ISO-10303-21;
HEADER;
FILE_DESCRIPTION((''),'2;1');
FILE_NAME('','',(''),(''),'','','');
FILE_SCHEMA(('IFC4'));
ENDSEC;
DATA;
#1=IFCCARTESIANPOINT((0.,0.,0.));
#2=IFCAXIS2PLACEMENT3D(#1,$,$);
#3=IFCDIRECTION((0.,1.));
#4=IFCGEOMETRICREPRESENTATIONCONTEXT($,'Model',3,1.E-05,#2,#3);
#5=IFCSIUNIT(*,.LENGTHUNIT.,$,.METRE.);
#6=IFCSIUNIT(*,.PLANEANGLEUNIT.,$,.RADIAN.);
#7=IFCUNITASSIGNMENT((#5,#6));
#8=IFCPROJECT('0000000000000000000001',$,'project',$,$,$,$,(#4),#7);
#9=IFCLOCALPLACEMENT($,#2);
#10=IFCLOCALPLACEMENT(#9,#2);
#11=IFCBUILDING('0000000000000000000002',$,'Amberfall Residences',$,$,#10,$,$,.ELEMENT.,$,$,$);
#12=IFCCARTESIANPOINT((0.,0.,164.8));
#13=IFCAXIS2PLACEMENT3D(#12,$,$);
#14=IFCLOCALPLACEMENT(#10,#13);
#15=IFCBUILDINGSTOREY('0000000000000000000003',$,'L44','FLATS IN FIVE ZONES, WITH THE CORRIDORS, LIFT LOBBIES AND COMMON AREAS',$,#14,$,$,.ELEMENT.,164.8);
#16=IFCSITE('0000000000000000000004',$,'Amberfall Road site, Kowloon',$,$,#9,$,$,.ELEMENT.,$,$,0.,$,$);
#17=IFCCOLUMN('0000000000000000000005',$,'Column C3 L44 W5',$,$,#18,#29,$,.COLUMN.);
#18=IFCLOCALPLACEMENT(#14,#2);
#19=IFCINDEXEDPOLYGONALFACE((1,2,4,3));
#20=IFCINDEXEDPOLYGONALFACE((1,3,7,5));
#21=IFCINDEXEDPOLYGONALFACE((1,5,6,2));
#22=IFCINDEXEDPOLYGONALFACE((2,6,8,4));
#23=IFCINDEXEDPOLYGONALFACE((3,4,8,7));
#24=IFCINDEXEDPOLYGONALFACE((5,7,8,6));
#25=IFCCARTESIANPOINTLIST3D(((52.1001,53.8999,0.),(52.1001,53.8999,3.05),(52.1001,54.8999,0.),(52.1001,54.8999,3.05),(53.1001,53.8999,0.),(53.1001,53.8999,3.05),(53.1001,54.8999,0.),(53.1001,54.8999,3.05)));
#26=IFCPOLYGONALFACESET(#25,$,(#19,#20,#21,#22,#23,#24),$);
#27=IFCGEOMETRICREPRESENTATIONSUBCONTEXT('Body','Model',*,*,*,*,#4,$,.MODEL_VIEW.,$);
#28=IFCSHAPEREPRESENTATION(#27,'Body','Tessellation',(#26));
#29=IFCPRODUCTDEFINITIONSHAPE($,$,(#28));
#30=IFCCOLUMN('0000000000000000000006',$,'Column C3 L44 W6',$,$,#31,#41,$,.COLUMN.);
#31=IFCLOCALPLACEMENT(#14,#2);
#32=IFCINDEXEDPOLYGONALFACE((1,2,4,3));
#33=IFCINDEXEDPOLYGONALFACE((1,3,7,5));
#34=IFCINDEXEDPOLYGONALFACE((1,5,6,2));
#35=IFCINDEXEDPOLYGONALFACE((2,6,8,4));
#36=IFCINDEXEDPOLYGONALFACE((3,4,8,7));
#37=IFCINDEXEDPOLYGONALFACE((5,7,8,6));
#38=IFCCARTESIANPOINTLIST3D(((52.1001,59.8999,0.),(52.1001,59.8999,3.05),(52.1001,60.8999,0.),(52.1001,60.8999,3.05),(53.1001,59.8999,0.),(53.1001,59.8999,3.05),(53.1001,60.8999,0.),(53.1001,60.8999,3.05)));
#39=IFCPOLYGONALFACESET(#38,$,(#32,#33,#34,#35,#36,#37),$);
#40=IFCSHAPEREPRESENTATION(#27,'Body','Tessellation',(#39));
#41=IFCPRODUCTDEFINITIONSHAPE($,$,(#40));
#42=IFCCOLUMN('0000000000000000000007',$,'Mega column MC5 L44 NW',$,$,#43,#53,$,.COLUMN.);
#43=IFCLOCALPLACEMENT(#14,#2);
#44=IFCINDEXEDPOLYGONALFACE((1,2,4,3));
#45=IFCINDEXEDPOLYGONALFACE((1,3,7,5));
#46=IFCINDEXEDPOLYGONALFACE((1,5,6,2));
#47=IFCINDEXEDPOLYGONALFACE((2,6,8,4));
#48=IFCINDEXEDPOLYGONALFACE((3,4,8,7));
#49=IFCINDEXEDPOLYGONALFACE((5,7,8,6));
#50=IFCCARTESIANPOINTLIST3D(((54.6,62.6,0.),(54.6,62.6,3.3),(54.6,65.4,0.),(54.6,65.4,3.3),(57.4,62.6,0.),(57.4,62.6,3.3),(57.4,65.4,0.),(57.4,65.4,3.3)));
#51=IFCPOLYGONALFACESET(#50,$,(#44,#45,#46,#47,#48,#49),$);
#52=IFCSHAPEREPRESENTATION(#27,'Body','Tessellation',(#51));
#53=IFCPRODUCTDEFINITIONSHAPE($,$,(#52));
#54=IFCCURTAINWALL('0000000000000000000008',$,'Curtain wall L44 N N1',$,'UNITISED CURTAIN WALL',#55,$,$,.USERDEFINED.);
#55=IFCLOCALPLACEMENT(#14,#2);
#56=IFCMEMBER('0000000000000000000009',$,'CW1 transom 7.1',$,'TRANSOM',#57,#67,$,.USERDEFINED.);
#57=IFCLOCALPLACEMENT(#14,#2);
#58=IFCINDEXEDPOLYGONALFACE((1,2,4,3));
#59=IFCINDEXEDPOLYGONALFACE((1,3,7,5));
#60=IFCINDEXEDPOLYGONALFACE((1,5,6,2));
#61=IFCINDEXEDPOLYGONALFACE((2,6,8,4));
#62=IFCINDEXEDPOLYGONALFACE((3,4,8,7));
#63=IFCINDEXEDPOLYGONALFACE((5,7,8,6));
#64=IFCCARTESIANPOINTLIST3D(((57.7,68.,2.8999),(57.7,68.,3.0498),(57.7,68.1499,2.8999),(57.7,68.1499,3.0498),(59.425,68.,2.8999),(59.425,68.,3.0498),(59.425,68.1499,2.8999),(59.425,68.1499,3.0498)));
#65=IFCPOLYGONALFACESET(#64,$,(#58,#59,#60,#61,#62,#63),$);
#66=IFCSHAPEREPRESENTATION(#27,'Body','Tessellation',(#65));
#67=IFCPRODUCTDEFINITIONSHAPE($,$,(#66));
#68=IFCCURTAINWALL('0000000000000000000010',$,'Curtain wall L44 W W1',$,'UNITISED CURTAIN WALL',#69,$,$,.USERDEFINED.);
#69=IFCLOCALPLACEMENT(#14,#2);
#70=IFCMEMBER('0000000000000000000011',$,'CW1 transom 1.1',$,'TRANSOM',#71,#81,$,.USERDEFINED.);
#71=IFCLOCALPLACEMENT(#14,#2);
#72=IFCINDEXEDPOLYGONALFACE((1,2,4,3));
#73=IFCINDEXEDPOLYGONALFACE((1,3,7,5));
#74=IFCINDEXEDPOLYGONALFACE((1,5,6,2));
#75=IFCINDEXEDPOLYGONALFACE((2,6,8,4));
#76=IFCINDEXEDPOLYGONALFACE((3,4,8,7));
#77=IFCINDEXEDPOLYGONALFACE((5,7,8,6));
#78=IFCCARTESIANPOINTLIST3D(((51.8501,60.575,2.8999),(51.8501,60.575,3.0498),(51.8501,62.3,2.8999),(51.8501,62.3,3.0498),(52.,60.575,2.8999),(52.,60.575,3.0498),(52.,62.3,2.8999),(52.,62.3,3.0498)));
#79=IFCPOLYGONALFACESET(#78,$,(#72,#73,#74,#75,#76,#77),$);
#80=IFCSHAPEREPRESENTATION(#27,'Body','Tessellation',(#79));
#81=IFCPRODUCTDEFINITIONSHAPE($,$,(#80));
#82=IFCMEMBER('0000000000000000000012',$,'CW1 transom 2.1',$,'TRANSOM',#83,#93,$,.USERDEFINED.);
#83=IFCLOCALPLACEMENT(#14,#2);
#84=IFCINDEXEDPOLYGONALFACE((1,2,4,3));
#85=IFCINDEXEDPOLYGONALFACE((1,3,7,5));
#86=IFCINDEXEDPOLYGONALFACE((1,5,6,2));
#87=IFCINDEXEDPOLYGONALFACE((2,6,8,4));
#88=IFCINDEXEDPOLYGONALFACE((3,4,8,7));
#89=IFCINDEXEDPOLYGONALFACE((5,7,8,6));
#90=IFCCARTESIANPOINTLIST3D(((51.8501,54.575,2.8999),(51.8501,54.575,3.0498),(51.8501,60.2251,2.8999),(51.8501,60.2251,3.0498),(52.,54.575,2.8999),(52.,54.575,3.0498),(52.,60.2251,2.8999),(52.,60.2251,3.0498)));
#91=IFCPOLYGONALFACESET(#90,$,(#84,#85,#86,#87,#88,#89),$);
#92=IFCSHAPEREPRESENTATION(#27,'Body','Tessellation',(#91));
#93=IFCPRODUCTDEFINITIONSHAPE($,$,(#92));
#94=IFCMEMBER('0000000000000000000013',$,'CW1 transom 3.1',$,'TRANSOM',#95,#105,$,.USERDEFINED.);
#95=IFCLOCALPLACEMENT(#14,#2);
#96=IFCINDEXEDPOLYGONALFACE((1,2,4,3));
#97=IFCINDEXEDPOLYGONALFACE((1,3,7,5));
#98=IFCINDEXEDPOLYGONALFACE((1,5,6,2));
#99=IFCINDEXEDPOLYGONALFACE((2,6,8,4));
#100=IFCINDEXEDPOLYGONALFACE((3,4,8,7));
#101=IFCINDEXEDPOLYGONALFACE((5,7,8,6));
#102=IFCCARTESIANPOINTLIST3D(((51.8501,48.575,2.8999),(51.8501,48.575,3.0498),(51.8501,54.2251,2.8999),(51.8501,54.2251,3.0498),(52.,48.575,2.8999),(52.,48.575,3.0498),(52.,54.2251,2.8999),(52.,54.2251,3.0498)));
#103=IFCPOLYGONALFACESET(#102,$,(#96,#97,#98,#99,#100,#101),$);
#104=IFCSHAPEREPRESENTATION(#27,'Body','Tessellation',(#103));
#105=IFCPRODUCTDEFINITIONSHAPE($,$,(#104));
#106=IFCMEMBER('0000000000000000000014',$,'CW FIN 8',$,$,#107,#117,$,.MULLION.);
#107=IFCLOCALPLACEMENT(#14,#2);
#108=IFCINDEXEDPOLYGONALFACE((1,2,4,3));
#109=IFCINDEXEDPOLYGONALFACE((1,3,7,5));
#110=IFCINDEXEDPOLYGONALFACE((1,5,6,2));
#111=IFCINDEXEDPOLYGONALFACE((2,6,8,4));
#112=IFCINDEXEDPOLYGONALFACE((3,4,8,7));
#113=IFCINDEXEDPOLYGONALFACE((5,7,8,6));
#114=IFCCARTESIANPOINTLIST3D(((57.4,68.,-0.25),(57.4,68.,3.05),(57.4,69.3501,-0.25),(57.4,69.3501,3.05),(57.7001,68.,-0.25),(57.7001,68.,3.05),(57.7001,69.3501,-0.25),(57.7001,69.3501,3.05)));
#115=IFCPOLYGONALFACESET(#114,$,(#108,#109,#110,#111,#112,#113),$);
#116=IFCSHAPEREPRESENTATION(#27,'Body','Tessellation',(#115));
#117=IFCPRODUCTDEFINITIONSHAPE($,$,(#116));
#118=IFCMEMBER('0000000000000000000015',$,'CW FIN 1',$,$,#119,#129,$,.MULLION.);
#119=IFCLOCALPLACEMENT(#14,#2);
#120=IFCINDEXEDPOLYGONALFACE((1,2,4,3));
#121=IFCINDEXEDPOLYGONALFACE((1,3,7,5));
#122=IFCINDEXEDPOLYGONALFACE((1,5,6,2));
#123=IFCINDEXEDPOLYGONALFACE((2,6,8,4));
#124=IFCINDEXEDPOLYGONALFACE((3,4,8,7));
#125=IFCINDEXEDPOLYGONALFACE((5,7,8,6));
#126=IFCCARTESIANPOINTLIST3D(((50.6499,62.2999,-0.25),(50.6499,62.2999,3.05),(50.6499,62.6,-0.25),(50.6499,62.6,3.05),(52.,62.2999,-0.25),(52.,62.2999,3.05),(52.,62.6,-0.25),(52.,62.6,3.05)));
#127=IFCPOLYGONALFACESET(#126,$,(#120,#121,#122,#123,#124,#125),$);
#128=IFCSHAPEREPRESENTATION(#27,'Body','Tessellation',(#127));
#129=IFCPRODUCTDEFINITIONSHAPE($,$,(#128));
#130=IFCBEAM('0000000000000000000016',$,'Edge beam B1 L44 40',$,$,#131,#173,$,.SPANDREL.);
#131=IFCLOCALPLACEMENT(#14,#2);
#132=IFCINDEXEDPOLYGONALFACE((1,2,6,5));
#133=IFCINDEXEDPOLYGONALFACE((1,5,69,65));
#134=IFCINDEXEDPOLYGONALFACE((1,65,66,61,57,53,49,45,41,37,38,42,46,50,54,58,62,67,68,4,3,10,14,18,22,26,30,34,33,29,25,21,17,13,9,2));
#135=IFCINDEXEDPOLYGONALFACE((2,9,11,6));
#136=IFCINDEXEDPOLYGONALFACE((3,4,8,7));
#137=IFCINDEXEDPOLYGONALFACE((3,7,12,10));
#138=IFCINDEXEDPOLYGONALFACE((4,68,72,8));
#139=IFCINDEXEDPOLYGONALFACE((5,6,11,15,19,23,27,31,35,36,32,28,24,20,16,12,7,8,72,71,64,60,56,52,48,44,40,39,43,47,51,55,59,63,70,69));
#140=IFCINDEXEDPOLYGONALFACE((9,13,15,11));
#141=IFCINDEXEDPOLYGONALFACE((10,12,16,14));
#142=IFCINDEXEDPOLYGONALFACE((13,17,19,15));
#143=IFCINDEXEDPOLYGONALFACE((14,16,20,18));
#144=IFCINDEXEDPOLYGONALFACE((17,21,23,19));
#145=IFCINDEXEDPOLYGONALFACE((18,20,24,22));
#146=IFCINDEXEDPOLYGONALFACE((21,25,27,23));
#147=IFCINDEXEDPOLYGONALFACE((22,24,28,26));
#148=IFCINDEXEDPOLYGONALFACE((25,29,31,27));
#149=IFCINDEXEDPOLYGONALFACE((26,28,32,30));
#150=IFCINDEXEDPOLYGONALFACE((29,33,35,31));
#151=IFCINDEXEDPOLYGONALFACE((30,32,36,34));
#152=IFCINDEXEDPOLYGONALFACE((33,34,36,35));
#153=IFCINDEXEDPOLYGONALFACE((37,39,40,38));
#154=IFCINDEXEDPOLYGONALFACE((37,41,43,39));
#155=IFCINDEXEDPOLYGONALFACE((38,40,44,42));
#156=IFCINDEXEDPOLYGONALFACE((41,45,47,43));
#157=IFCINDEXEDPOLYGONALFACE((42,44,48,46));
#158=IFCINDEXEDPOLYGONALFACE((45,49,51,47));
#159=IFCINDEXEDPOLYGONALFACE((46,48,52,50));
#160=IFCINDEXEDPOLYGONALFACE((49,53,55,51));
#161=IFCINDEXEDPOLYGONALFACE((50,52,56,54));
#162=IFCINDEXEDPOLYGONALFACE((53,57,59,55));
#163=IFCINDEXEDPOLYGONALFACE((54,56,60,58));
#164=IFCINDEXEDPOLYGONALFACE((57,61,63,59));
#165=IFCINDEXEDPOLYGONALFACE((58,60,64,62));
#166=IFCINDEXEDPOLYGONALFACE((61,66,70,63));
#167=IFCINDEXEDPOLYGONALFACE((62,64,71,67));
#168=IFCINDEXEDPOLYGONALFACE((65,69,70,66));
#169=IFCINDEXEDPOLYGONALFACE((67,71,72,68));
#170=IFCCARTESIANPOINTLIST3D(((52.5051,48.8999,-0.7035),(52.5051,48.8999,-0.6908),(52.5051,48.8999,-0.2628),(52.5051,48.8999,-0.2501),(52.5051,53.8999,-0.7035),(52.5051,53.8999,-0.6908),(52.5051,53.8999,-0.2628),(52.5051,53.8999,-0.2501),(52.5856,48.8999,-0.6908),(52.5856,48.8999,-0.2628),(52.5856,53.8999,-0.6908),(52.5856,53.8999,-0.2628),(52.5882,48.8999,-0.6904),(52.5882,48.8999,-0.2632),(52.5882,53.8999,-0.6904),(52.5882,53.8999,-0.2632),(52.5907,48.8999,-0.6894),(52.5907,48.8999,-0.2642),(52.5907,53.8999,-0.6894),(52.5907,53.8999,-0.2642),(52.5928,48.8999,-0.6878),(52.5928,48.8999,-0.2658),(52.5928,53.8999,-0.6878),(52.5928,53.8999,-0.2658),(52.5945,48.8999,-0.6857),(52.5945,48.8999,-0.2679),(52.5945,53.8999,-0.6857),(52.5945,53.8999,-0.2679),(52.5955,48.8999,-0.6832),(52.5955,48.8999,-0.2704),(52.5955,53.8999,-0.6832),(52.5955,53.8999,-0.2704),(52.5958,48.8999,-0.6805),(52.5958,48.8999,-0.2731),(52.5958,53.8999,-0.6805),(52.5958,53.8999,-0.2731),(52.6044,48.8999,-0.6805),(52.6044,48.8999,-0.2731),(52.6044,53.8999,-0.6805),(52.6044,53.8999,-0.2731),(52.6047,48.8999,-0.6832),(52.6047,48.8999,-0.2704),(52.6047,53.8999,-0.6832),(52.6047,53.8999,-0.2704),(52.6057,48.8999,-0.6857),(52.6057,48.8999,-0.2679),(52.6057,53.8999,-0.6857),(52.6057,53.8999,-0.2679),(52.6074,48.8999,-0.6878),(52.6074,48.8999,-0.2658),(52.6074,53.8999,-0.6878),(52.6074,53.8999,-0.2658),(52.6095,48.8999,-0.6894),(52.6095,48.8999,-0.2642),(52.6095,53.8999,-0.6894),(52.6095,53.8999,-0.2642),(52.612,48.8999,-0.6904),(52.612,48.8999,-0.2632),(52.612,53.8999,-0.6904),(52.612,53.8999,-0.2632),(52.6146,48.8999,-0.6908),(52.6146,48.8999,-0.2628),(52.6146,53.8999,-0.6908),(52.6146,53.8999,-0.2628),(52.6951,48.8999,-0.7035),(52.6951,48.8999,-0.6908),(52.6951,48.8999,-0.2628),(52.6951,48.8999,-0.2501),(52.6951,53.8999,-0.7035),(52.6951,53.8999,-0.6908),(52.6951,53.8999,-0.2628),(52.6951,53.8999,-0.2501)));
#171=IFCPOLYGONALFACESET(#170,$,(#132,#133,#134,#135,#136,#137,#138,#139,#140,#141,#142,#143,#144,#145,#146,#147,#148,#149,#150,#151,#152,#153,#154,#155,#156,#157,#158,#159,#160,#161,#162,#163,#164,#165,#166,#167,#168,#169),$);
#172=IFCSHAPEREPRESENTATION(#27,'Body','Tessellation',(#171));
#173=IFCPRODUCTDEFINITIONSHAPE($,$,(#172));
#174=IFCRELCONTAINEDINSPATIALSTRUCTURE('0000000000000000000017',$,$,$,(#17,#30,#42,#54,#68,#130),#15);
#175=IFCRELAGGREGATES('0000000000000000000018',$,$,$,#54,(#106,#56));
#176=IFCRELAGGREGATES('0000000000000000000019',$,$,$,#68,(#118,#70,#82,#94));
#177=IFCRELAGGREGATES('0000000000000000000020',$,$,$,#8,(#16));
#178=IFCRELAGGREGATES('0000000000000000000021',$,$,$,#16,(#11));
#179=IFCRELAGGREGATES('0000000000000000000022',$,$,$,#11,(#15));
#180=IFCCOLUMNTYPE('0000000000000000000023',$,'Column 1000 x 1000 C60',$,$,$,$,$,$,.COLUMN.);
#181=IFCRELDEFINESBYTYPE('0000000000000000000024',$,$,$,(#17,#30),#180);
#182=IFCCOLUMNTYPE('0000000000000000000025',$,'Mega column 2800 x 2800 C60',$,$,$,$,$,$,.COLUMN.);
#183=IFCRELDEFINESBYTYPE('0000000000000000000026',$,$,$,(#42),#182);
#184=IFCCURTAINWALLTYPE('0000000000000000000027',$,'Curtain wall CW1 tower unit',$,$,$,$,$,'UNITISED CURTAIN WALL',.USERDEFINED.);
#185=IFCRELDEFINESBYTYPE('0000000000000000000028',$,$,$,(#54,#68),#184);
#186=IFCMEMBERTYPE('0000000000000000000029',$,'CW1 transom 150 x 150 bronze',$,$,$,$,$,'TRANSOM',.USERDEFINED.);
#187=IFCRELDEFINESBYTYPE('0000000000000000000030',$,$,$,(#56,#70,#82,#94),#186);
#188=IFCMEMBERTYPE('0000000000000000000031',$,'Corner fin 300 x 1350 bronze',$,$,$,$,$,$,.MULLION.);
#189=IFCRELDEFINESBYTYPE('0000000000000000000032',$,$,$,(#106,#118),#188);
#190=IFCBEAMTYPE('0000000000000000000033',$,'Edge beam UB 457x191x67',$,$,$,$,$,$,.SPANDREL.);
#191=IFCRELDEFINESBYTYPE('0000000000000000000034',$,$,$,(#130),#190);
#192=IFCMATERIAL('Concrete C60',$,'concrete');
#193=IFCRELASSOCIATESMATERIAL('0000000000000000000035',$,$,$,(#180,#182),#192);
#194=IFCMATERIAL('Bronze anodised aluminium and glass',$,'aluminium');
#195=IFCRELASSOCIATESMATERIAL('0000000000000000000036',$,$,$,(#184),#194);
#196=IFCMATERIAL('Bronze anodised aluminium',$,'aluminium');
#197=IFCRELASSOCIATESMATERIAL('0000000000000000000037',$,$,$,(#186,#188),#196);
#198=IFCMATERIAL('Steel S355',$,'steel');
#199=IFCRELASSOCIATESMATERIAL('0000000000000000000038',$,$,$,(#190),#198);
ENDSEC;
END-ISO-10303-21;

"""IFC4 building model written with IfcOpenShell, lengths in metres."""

from ifc_helpers import new_model, si_unit, direction, frame, origin, origin_2d, place, context, subcontext, project, spatial, rectangle, i_section, extrude, material, material_profile, profile_set, type_object, element, aggregate, save


model = new_model("IFC4")

# Units and contexts
model_context = context("Model", 3, precision=1e-05, world=origin(), true_north=direction((0.0, 1.0)))
body_context = subcontext(model_context, "Body", "Model", "MODEL_VIEW")
ifc_project = project(units=[si_unit("LENGTHUNIT", "METRE"), si_unit("PLANEANGLEUNIT", "RADIAN")], contexts=[model_context])

# Site, building, storey
site_placement = place(None, origin())
site = spatial("IfcSite", under=ifc_project, at=site_placement, Name="Amberfall Road site, Kowloon", CompositionType="ELEMENT", RefElevation=0.0)
building_placement = place(site_placement, origin())
building = spatial("IfcBuilding", under=site, at=building_placement, Name="Amberfall Residences", CompositionType="ELEMENT")
storey_placement = place(building_placement, frame((0.0, 0.0, 164.8)))
storey = spatial("IfcBuildingStorey", under=building, at=storey_placement, Name="L44", Description="FLATS IN FIVE ZONES, WITH THE CORRIDORS, LIFT LOBBIES AND COMMON AREAS", CompositionType="ELEMENT", Elevation=164.8)

# Columns
ifc_material_1 = material(Name="Concrete C60", Category="concrete")
ifc_material_profile_1 = material_profile(ifc_material_1, rectangle(XDim=1.0, YDim=1.0, at=origin_2d()), Name="Column 1000 x 1000 C60")
ifc_profile_set_1 = profile_set([ifc_material_profile_1], Name="Concrete C60")
column_type_1 = type_object("IfcColumnType", Name="Column 1000 x 1000 C60", PredefinedType="COLUMN", material=ifc_profile_set_1)
for number, where, z_axis, x_axis, name in (
    (1, (52.6001, 54.3999, 0.0), (0.0, 0.0, 1.0), (1.0, 0.0, 0.0), "Column C3 L44 W5"),
    (2, (52.6001, 60.3999, 0.0), (0.0, 0.0, 1.0), (1.0, 0.0, 0.0), "Column C3 L44 W6"),
):
    element("IfcColumn", number, at=place(storey_placement, frame(where, z_axis=z_axis, x_axis=x_axis)), inside=storey, type_object=column_type_1, Name=name, PredefinedType="COLUMN", context=body_context, shape_type="SweptSolid", body=[
        extrude(rectangle(XDim=1.0, YDim=1.0, at=origin_2d()), origin(), (0.0, 0.0, 1.0), 3.05),
    ])
ifc_material_profile_2 = material_profile(ifc_material_1, rectangle(XDim=2.8, YDim=2.8, at=origin_2d()), Name="Mega column 2800 x 2800 C60")
ifc_profile_set_2 = profile_set([ifc_material_profile_2], Name="Concrete C60")
column_type_2 = type_object("IfcColumnType", Name="Mega column 2800 x 2800 C60", PredefinedType="COLUMN", material=ifc_profile_set_2)
column_placement = place(storey_placement, frame((56.0, 64.0, 0.0), z_axis=(0.0, 0.0, 1.0), x_axis=(1.0, 0.0, 0.0)))
element("IfcColumn", 3, at=column_placement, inside=storey, type_object=column_type_2, Name="Mega column MC5 L44 NW", PredefinedType="COLUMN", context=body_context, shape_type="SweptSolid", body=[
    extrude(rectangle(XDim=2.8, YDim=2.8, at=origin_2d()), origin(), (0.0, 0.0, 1.0), 3.3),
])

# Curtain wall, member
ifc_material_2 = material(Name="Bronze anodised aluminium and glass", Category="aluminium")
curtain_wall_type = type_object("IfcCurtainWallType", Name="Curtain wall CW1 tower unit", ElementType="UNITISED CURTAIN WALL", PredefinedType="USERDEFINED", material=ifc_material_2)
curtain_wall_1_placement = place(storey_placement, origin())
curtain_wall_1 = element("IfcCurtainWall", 4, at=curtain_wall_1_placement, inside=storey, type_object=curtain_wall_type, Name="Curtain wall L44 N N1", ObjectType="UNITISED CURTAIN WALL", PredefinedType="USERDEFINED")
ifc_material_3 = material(Name="Bronze anodised aluminium", Category="aluminium")
ifc_material_profile_3 = material_profile(ifc_material_3, rectangle(XDim=0.1499, YDim=0.1499, at=origin_2d()), Name="CW1 transom 150 x 150 bronze")
ifc_profile_set_3 = profile_set([ifc_material_profile_3], Name="Bronze anodised aluminium")
member_type_1 = type_object("IfcMemberType", Name="CW1 transom 150 x 150 bronze", ElementType="TRANSOM", PredefinedType="USERDEFINED", material=ifc_profile_set_3)
member_1_placement = place(storey_placement, frame((59.425, 68.075, 2.9749), z_axis=(-1.0, 0.0, 0.0), x_axis=(0.0, -1.0, 0.0)))
member_1 = element("IfcMember", 5, at=member_1_placement, type_object=member_type_1, Name="CW1 transom 7.1", ObjectType="TRANSOM", PredefinedType="USERDEFINED", context=body_context, shape_type="SweptSolid", body=[
    extrude(rectangle(XDim=0.1499, YDim=0.1499, at=origin_2d()), origin(), (0.0, 0.0, 1.0), 1.7251),
])

# Curtain wall, members
curtain_wall_2_placement = place(storey_placement, origin())
curtain_wall_2 = element("IfcCurtainWall", 6, at=curtain_wall_2_placement, inside=storey, type_object=curtain_wall_type, Name="Curtain wall L44 W W1", ObjectType="UNITISED CURTAIN WALL", PredefinedType="USERDEFINED")
member_2_placement = place(storey_placement, frame((51.925, 62.3, 2.9749), z_axis=(0.0, -1.0, 0.0), x_axis=(1.0, 0.0, 0.0)))
member_2 = element("IfcMember", 7, at=member_2_placement, type_object=member_type_1, Name="CW1 transom 1.1", ObjectType="TRANSOM", PredefinedType="USERDEFINED", context=body_context, shape_type="SweptSolid", body=[
    extrude(rectangle(XDim=0.1499, YDim=0.1499, at=origin_2d()), origin(), (0.0, 0.0, 1.0), 1.7251),
])
member_3_placement = place(storey_placement, frame((51.925, 60.2251, 2.9749), z_axis=(0.0, -1.0, 0.0), x_axis=(1.0, 0.0, 0.0)))
member_3 = element("IfcMember", 8, at=member_3_placement, type_object=member_type_1, Name="CW1 transom 2.1", ObjectType="TRANSOM", PredefinedType="USERDEFINED", context=body_context, shape_type="SweptSolid", body=[
    extrude(rectangle(XDim=0.1499, YDim=0.1499, at=origin_2d()), origin(), (0.0, 0.0, 1.0), 5.6501),
])
member_4_placement = place(storey_placement, frame((51.925, 54.2251, 2.9749), z_axis=(0.0, -1.0, 0.0), x_axis=(1.0, 0.0, 0.0)))
member_4 = element("IfcMember", 9, at=member_4_placement, type_object=member_type_1, Name="CW1 transom 3.1", ObjectType="TRANSOM", PredefinedType="USERDEFINED", context=body_context, shape_type="SweptSolid", body=[
    extrude(rectangle(XDim=0.1499, YDim=0.1499, at=origin_2d()), origin(), (0.0, 0.0, 1.0), 5.6501),
])

# Members
ifc_material_profile_4 = material_profile(ifc_material_3, rectangle(XDim=1.3501, YDim=0.3, at=origin_2d()), Name="Corner fin 300 x 1350 bronze")
ifc_profile_set_4 = profile_set([ifc_material_profile_4], Name="Bronze anodised aluminium")
member_type_2 = type_object("IfcMemberType", Name="Corner fin 300 x 1350 bronze", PredefinedType="MULLION", material=ifc_profile_set_4)
member_5_placement = place(storey_placement, frame((57.55, 68.675, -0.25), z_axis=(0.0, 0.0, 1.0), x_axis=(0.0, -1.0, 0.0)))
member_5 = element("IfcMember", 10, at=member_5_placement, type_object=member_type_2, Name="CW FIN 8", PredefinedType="MULLION", context=body_context, shape_type="SweptSolid", body=[
    extrude(rectangle(XDim=1.3501, YDim=0.3, at=origin_2d()), origin(), (0.0, 0.0, 1.0), 3.3),
])
member_6_placement = place(storey_placement, frame((51.325, 62.45, -0.25), z_axis=(0.0, 0.0, 1.0), x_axis=(1.0, 0.0, 0.0)))
member_6 = element("IfcMember", 11, at=member_6_placement, type_object=member_type_2, Name="CW FIN 1", PredefinedType="MULLION", context=body_context, shape_type="SweptSolid", body=[
    extrude(rectangle(XDim=1.3501, YDim=0.3, at=origin_2d()), origin(), (0.0, 0.0, 1.0), 3.3),
])

# Beam
ifc_material_4 = material(Name="Steel S355", Category="steel")
ifc_material_profile_5 = material_profile(ifc_material_4, i_section(OverallWidth=0.1899, OverallDepth=0.4534, WebThickness=0.0085, FlangeThickness=0.0127, FilletRadius=0.0103, at=origin_2d()), Name="UB 457x191x67")
ifc_profile_set_5 = profile_set([ifc_material_profile_5], Name="Steel S355")
beam_type_1 = type_object("IfcBeamType", Name="Edge beam UB 457x191x67", PredefinedType="SPANDREL", material=ifc_profile_set_5)
for number, where, z_axis, x_axis, name in (
    (12, (52.6001, 48.8999, -0.4768), (0.0, 1.0, 0.0), (-1.0, 0.0, 0.0), "Edge beam B1 L44 40"),
):
    element("IfcBeam", number, at=place(storey_placement, frame(where, z_axis=z_axis, x_axis=x_axis)), inside=storey, type_object=beam_type_1, Name=name, PredefinedType="SPANDREL", context=body_context, shape_type="SweptSolid", body=[
        extrude(i_section(OverallWidth=0.1899, OverallDepth=0.4534, WebThickness=0.0085, FlangeThickness=0.0127, FilletRadius=0.0103, at=origin_2d()), origin(), (0.0, 0.0, 1.0), 5.0),
    ])

aggregate(curtain_wall_1, [member_5, member_1])
aggregate(curtain_wall_2, [member_6, member_2, member_3, member_4])

save(model, "model.ifc")
